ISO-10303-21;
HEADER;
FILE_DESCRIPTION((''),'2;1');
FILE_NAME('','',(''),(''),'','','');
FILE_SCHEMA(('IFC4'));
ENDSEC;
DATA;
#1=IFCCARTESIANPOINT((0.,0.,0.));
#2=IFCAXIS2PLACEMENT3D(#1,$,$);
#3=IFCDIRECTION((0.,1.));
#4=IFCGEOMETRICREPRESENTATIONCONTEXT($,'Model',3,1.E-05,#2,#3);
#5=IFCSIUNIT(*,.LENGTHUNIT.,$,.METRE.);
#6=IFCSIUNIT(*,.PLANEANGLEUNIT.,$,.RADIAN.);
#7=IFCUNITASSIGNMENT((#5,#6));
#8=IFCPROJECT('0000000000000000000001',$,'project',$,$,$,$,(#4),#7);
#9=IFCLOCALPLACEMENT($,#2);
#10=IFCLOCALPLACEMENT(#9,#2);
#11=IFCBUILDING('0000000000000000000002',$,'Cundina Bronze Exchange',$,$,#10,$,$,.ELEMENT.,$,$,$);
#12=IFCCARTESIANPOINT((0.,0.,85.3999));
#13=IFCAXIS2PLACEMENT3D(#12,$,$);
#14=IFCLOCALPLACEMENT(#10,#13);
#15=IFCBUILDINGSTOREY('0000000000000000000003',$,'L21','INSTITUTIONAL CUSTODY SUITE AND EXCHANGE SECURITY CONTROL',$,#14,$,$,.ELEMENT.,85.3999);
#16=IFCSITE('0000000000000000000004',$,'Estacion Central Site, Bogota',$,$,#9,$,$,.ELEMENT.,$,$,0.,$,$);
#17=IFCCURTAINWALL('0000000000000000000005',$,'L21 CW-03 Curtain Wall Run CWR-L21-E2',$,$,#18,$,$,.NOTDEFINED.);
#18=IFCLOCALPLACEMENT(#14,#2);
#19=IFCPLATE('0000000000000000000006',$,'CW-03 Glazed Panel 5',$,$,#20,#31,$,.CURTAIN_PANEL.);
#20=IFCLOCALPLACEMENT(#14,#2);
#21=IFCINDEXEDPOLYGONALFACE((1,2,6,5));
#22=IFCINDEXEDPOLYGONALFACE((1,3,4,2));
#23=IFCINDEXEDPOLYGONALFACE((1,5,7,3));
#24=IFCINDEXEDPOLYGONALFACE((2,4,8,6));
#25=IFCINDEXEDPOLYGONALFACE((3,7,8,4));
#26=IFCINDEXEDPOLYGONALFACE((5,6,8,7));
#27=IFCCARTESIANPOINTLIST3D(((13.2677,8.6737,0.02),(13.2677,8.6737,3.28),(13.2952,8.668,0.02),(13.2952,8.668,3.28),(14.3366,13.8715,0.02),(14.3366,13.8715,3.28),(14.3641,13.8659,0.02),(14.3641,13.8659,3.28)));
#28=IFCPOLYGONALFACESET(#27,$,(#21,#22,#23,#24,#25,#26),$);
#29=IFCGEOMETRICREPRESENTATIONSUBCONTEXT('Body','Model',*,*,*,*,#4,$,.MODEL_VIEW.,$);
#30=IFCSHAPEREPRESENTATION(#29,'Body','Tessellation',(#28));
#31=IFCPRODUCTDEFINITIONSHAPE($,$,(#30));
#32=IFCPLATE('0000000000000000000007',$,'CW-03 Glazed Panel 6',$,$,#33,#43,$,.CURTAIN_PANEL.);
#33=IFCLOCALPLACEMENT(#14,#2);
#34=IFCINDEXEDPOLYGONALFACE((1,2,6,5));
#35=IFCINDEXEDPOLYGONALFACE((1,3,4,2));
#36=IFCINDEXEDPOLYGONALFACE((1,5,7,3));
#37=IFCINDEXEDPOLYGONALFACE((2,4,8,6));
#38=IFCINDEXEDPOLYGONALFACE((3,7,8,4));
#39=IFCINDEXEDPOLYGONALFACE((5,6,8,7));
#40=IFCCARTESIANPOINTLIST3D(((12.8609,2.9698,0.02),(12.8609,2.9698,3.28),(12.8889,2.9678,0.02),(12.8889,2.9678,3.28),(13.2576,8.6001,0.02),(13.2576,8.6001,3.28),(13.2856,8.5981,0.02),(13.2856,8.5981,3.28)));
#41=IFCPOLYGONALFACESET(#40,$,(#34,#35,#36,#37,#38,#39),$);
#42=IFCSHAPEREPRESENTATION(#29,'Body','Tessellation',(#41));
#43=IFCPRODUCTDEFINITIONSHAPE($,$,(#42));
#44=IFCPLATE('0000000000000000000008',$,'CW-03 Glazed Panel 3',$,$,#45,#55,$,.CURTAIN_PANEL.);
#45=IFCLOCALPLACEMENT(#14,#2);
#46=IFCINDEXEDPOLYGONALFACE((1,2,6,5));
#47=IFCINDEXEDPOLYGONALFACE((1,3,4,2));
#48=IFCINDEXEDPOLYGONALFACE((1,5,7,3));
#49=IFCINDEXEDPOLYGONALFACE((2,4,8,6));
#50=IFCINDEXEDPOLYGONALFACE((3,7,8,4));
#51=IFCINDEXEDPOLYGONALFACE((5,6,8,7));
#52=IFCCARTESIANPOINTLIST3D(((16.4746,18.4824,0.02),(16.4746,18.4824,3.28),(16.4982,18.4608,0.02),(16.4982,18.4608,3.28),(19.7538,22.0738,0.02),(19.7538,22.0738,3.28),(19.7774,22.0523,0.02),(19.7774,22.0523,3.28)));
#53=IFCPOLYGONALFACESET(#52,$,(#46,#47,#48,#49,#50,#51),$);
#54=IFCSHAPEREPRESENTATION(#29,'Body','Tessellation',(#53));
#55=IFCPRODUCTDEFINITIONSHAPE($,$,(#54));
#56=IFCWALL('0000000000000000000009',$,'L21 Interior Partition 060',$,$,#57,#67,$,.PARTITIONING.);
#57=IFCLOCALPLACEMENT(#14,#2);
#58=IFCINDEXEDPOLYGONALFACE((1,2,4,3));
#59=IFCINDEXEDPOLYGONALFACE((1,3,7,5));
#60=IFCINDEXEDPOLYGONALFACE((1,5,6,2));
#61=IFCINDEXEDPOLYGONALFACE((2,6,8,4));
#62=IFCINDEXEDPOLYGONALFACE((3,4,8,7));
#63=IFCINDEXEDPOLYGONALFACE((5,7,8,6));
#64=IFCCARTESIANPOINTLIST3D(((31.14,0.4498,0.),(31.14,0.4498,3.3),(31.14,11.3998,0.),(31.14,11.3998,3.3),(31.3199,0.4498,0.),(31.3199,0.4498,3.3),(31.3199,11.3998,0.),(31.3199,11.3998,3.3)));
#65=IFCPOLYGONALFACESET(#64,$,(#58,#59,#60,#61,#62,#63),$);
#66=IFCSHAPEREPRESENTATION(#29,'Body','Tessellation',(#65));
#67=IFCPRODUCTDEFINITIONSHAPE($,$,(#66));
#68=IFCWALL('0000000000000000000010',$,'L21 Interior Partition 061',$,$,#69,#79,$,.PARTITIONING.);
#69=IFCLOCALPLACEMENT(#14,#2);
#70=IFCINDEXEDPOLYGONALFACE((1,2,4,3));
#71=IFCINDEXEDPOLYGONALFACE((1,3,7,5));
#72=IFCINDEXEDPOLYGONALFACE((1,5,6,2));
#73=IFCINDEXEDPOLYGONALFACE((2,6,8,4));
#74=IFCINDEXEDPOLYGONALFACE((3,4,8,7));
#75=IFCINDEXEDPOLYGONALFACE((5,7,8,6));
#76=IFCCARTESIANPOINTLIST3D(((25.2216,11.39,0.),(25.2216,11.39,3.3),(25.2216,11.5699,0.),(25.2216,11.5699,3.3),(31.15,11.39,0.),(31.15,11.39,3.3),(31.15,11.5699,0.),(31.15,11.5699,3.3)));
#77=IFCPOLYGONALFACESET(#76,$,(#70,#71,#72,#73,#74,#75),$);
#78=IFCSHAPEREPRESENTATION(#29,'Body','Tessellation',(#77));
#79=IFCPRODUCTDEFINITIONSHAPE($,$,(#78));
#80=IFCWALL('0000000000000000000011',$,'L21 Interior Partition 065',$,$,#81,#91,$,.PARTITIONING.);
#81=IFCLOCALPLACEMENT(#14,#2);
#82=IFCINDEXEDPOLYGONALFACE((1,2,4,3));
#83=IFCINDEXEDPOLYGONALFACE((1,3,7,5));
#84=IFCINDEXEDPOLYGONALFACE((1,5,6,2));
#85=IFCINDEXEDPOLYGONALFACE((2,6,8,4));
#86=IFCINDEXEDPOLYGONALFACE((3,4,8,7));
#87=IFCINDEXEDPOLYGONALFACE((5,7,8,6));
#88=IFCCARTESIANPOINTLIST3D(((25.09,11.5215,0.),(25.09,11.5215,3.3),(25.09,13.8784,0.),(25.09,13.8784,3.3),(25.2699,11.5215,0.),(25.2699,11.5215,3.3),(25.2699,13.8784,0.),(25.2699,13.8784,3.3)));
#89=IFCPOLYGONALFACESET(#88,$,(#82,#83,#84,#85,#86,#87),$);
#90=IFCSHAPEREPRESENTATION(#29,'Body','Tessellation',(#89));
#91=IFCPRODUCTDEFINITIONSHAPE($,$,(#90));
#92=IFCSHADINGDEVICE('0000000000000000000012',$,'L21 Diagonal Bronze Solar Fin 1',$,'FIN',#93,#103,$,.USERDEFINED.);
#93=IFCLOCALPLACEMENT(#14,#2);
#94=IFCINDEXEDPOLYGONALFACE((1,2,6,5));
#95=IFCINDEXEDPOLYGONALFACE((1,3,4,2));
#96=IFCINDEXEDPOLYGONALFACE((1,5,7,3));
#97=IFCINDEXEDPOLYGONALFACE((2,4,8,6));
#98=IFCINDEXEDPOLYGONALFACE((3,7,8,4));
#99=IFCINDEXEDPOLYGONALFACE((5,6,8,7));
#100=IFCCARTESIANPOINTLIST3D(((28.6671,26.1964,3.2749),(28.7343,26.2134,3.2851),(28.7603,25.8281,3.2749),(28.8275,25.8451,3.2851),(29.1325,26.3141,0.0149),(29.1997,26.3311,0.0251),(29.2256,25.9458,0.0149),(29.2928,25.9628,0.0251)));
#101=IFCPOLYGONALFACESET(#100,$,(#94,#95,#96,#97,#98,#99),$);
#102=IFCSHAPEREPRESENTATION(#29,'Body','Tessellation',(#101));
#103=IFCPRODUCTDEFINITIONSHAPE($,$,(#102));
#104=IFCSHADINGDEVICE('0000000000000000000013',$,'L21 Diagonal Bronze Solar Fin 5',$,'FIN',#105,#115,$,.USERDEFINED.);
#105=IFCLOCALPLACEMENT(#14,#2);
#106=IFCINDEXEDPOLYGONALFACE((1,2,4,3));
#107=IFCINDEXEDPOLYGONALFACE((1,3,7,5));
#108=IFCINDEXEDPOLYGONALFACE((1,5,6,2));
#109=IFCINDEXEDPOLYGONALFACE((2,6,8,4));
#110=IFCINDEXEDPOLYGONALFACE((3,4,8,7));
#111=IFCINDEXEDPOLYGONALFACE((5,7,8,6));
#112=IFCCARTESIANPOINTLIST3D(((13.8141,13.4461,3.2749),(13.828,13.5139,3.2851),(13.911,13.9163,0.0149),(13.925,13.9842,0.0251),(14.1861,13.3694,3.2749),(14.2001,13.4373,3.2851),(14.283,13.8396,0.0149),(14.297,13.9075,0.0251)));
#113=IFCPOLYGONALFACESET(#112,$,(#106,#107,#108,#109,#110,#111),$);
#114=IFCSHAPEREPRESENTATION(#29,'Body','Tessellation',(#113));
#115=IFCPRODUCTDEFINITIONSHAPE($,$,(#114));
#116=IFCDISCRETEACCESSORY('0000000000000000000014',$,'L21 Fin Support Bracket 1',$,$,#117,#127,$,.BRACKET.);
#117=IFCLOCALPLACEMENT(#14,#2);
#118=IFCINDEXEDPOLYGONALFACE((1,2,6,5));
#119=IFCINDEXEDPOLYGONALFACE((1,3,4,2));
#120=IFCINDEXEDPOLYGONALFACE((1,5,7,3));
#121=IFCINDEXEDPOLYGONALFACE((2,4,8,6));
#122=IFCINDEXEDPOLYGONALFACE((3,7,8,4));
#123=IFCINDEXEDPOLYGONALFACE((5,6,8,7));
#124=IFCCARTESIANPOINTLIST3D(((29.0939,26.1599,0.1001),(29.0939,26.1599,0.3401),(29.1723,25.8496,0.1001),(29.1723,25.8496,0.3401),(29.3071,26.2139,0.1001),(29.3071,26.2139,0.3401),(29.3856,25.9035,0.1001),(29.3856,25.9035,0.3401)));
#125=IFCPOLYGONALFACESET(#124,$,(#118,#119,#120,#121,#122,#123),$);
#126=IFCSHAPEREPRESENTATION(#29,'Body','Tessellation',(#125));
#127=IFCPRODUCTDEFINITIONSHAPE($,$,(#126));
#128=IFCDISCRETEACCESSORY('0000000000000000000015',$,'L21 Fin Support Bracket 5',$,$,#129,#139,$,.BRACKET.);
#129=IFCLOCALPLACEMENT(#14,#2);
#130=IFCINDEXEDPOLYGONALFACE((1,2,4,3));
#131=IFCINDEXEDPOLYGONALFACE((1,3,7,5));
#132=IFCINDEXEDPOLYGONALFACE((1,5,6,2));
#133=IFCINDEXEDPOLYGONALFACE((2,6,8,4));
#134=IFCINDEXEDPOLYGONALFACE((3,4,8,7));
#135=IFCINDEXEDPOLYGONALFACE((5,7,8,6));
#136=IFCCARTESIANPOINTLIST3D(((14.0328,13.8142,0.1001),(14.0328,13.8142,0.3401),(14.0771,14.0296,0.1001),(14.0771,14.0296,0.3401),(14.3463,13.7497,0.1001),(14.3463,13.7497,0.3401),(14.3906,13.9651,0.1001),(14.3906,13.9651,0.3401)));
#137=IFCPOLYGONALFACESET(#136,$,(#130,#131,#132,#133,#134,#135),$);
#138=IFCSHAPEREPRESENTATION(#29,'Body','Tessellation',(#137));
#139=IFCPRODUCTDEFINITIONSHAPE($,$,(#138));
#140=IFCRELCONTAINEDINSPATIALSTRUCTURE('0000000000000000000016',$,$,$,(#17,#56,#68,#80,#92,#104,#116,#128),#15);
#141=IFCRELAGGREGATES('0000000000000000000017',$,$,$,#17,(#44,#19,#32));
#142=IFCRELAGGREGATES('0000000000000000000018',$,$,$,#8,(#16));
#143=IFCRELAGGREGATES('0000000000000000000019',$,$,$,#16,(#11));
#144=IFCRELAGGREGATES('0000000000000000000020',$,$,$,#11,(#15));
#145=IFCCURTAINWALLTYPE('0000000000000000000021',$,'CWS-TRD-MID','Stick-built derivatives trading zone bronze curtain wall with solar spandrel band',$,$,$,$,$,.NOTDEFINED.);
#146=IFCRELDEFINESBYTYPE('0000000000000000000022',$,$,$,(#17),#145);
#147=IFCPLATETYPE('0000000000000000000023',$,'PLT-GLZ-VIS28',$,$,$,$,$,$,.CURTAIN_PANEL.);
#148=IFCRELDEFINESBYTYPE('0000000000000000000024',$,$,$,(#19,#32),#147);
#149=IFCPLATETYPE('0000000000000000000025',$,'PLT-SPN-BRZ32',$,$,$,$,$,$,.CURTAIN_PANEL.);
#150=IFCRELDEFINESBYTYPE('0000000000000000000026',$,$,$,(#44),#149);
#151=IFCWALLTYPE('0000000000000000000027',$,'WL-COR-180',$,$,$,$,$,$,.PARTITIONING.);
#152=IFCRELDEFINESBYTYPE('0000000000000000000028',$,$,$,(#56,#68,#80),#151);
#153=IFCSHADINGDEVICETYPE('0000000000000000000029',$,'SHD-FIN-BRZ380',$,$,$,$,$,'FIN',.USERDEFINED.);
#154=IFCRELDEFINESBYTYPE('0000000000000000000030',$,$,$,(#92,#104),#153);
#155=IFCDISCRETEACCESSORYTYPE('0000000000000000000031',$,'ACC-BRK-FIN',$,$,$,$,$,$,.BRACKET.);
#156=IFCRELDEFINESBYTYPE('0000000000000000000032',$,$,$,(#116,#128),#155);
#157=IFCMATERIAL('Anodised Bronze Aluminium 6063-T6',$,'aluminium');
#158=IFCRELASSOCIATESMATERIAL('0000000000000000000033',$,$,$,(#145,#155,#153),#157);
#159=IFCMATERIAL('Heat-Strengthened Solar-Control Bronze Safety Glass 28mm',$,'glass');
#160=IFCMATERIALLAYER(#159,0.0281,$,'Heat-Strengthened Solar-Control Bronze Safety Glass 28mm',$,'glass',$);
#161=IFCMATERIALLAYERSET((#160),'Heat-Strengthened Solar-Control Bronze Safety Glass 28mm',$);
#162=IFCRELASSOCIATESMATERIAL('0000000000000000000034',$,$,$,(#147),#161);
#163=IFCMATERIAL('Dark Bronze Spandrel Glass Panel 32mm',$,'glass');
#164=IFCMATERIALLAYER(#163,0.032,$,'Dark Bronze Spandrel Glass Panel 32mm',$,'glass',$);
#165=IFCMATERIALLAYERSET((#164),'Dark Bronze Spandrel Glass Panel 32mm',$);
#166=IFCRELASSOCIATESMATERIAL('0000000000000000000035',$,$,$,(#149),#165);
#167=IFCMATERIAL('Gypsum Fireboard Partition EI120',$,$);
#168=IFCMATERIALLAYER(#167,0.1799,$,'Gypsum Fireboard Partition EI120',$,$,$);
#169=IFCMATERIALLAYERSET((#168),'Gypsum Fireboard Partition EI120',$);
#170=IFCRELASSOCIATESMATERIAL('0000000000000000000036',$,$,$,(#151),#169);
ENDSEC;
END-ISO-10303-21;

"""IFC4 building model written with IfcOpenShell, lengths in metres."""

from ifc_helpers import new_model, si_unit, direction, frame, frame_2d, origin, origin_2d, place, context, subcontext, project, spatial, rectangle, extrude, material, layer, layer_set, material_profile, profile_set, type_object, element, aggregate, save


model = new_model("IFC4")

# Units and contexts
model_context = context("Model", 3, precision=1e-05, world=origin(), true_north=direction((0.0, 1.0)))
body_context = subcontext(model_context, "Body", "Model", "MODEL_VIEW")
ifc_project = project(units=[si_unit("LENGTHUNIT", "METRE"), si_unit("PLANEANGLEUNIT", "RADIAN")], contexts=[model_context])

# Site, building, storey
site_placement = place(None, origin())
site = spatial("IfcSite", under=ifc_project, at=site_placement, Name="Estacion Central Site, Bogota", CompositionType="ELEMENT", RefElevation=0.0)
building_placement = place(site_placement, origin())
building = spatial("IfcBuilding", under=site, at=building_placement, Name="Cundina Bronze Exchange", CompositionType="ELEMENT")
storey_placement = place(building_placement, frame((0.0, 0.0, 85.3999)))
storey = spatial("IfcBuildingStorey", under=building, at=storey_placement, Name="L21", Description="INSTITUTIONAL CUSTODY SUITE AND EXCHANGE SECURITY CONTROL", CompositionType="ELEMENT", Elevation=85.3999)

# Shared definitions
ifc_material_1 = material(Name="Anodised Bronze Aluminium 6063-T6", Category="aluminium")
curtain_wall_type = type_object("IfcCurtainWallType", Name="CWS-TRD-MID", Description="Stick-built derivatives trading zone bronze curtain wall with solar spandrel band", PredefinedType="NOTDEFINED", material=ifc_material_1)

# Curtain wall, plates
curtain_wall_1_placement = place(storey_placement, origin())
curtain_wall_1 = element("IfcCurtainWall", 1, at=curtain_wall_1_placement, inside=storey, type_object=curtain_wall_type, Name="L21 CW-03 Curtain Wall Run CWR-L21-E2", PredefinedType="NOTDEFINED")
ifc_material_2 = material(Name="Heat-Strengthened Solar-Control Bronze Safety Glass 28mm", Category="glass")
ifc_layer_1 = layer(ifc_material_2, 0.0281, Name="Heat-Strengthened Solar-Control Bronze Safety Glass 28mm", Category="glass")
ifc_layer_set_1 = layer_set([ifc_layer_1], Name="Heat-Strengthened Solar-Control Bronze Safety Glass 28mm")
plate_type_1 = type_object("IfcPlateType", Name="PLT-GLZ-VIS28", PredefinedType="CURTAIN_PANEL", material=ifc_layer_set_1)
plate_1_placement = place(storey_placement, frame((13.8159, 11.2698, 0.02), z_axis=(0.0, 0.0, 1.0), x_axis=(-0.20142, -0.979505, 0.0)))
plate_1 = element("IfcPlate", 2, at=plate_1_placement, type_object=plate_type_1, Name="CW-03 Glazed Panel 5", PredefinedType="CURTAIN_PANEL", context=body_context, shape_type="SweptSolid", body=[
    extrude(rectangle(XDim=5.3066, YDim=0.0281, at=origin_2d()), origin(), (0.0, 0.0, 1.0), 3.26),
])
plate_2_placement = place(storey_placement, frame((13.0732, 5.7839, 0.02), z_axis=(0.0, 0.0, 1.0), x_axis=(-0.070279, -0.997527, 0.0)))
plate_2 = element("IfcPlate", 3, at=plate_2_placement, type_object=plate_type_1, Name="CW-03 Glazed Panel 6", PredefinedType="CURTAIN_PANEL", context=body_context, shape_type="SweptSolid", body=[
    extrude(rectangle(XDim=5.6443, YDim=0.0281, at=origin_2d()), origin(), (0.0, 0.0, 1.0), 3.26),
])
ifc_material_3 = material(Name="Dark Bronze Spandrel Glass Panel 32mm", Category="glass")
ifc_layer_2 = layer(ifc_material_3, 0.032, Name="Dark Bronze Spandrel Glass Panel 32mm", Category="glass")
ifc_layer_set_2 = layer_set([ifc_layer_2], Name="Dark Bronze Spandrel Glass Panel 32mm")
plate_type_2 = type_object("IfcPlateType", Name="PLT-SPN-BRZ32", PredefinedType="CURTAIN_PANEL", material=ifc_layer_set_2)
plate_3_placement = place(storey_placement, frame((18.126, 20.2673, 0.02), z_axis=(0.0, 0.0, 1.0), x_axis=(-0.674277, -0.738479, 0.0)))
plate_3 = element("IfcPlate", 4, at=plate_3_placement, type_object=plate_type_2, Name="CW-03 Glazed Panel 3", PredefinedType="CURTAIN_PANEL", context=body_context, shape_type="SweptSolid", body=[
    extrude(rectangle(XDim=4.8633, YDim=0.032, at=origin_2d()), origin(), (0.0, 0.0, 1.0), 3.26),
])
aggregate(curtain_wall_1, [plate_3, plate_1, plate_2])

# Walls
ifc_material_4 = material(Name="Gypsum Fireboard Partition EI120")
ifc_layer_3 = layer(ifc_material_4, 0.1799, Name="Gypsum Fireboard Partition EI120")
ifc_layer_set_3 = layer_set([ifc_layer_3], Name="Gypsum Fireboard Partition EI120")
wall_type = type_object("IfcWallType", Name="WL-COR-180", PredefinedType="PARTITIONING", material=ifc_layer_set_3)
wall_1_placement = place(storey_placement, frame((31.23, 11.3999, 0.0), z_axis=(0.0, 0.0, 1.0), x_axis=(0.0, -1.0, 0.0)))
element("IfcWall", 5, at=wall_1_placement, inside=storey, type_object=wall_type, Name="L21 Interior Partition 060", PredefinedType="PARTITIONING", context=body_context, shape_type="SweptSolid", body=[
    extrude(rectangle(XDim=10.95, YDim=0.1799, at=frame_2d((5.4751, 0.0))), origin(), (0.0, 0.0, 1.0), 3.3),
])
wall_2_placement = place(storey_placement, frame((25.2214, 11.48, 0.0), z_axis=(0.0, 0.0, 1.0), x_axis=(1.0, 0.0, 0.0)))
element("IfcWall", 6, at=wall_2_placement, inside=storey, type_object=wall_type, Name="L21 Interior Partition 061", PredefinedType="PARTITIONING", context=body_context, shape_type="SweptSolid", body=[
    extrude(rectangle(XDim=5.9285, YDim=0.1799, at=frame_2d((2.9644, 0.0))), origin(), (0.0, 0.0, 1.0), 3.3),
])
wall_3_placement = place(storey_placement, frame((25.1799, 13.8784, 0.0), z_axis=(0.0, 0.0, 1.0), x_axis=(0.0, -1.0, 0.0)))
element("IfcWall", 7, at=wall_3_placement, inside=storey, type_object=wall_type, Name="L21 Interior Partition 065", PredefinedType="PARTITIONING", context=body_context, shape_type="SweptSolid", body=[
    extrude(rectangle(XDim=2.3569, YDim=0.1799, at=frame_2d((1.1785, 0.0))), origin(), (0.0, 0.0, 1.0), 3.3),
])

# Shading devices
ifc_material_profile_1 = material_profile(ifc_material_1, rectangle(XDim=0.0701, YDim=0.3799, at=origin_2d()), Name="FIN70X380", Category="aluminium")
ifc_profile_set_1 = profile_set([ifc_material_profile_1], Name="Anodised Bronze Aluminium 6063-T6")
shading_device_type = type_object("IfcShadingDeviceType", Name="SHD-FIN-BRZ380", ElementType="FIN", PredefinedType="USERDEFINED", material=ifc_profile_set_1)
for number, where, z_axis, x_axis, name in (
    (8, (29.2126, 26.1384, 0.02), (-0.141217, -0.035712, 0.989334), (0.959141, 0.242553, 0.145663), "L21 Diagonal Bronze Solar Fin 1"),
    (9, (14.104, 13.9119, 0.02), (-0.029414, -0.142698, 0.989329), (0.199728, 0.968959, 0.145698), "L21 Diagonal Bronze Solar Fin 5"),
):
    element("IfcShadingDevice", number, at=place(storey_placement, frame(where, z_axis=z_axis, x_axis=x_axis)), inside=storey, type_object=shading_device_type, Name=name, ObjectType="FIN", PredefinedType="USERDEFINED", context=body_context, shape_type="SweptSolid", body=[
        extrude(rectangle(XDim=0.0701, YDim=0.3799, at=origin_2d()), origin(), (0.0, 0.0, 1.0), 3.2952),
    ])

# Discrete accessories
discrete_accessory_type = type_object("IfcDiscreteAccessoryType", Name="ACC-BRK-FIN", PredefinedType="BRACKET", material=ifc_material_1)
for number, where, z_axis, x_axis, name in (
    (10, (29.2397, 26.0317, 0.1001), (0.0, 0.0, 1.0), (-0.969488, -0.245138, 0.0), "L21 Fin Support Bracket 1"),
    (11, (14.2117, 13.8896, 0.1001), (0.0, 0.0, 1.0), (-0.20142, -0.979505, 0.0), "L21 Fin Support Bracket 5"),
):
    element("IfcDiscreteAccessory", number, at=place(storey_placement, frame(where, z_axis=z_axis, x_axis=x_axis)), inside=storey, type_object=discrete_accessory_type, Name=name, PredefinedType="BRACKET", context=body_context, shape_type="SweptSolid", body=[
        extrude(rectangle(XDim=0.22, YDim=0.3201, at=origin_2d()), origin(), (0.0, 0.0, 1.0), 0.24),
    ])

save(model, "model.ifc")
